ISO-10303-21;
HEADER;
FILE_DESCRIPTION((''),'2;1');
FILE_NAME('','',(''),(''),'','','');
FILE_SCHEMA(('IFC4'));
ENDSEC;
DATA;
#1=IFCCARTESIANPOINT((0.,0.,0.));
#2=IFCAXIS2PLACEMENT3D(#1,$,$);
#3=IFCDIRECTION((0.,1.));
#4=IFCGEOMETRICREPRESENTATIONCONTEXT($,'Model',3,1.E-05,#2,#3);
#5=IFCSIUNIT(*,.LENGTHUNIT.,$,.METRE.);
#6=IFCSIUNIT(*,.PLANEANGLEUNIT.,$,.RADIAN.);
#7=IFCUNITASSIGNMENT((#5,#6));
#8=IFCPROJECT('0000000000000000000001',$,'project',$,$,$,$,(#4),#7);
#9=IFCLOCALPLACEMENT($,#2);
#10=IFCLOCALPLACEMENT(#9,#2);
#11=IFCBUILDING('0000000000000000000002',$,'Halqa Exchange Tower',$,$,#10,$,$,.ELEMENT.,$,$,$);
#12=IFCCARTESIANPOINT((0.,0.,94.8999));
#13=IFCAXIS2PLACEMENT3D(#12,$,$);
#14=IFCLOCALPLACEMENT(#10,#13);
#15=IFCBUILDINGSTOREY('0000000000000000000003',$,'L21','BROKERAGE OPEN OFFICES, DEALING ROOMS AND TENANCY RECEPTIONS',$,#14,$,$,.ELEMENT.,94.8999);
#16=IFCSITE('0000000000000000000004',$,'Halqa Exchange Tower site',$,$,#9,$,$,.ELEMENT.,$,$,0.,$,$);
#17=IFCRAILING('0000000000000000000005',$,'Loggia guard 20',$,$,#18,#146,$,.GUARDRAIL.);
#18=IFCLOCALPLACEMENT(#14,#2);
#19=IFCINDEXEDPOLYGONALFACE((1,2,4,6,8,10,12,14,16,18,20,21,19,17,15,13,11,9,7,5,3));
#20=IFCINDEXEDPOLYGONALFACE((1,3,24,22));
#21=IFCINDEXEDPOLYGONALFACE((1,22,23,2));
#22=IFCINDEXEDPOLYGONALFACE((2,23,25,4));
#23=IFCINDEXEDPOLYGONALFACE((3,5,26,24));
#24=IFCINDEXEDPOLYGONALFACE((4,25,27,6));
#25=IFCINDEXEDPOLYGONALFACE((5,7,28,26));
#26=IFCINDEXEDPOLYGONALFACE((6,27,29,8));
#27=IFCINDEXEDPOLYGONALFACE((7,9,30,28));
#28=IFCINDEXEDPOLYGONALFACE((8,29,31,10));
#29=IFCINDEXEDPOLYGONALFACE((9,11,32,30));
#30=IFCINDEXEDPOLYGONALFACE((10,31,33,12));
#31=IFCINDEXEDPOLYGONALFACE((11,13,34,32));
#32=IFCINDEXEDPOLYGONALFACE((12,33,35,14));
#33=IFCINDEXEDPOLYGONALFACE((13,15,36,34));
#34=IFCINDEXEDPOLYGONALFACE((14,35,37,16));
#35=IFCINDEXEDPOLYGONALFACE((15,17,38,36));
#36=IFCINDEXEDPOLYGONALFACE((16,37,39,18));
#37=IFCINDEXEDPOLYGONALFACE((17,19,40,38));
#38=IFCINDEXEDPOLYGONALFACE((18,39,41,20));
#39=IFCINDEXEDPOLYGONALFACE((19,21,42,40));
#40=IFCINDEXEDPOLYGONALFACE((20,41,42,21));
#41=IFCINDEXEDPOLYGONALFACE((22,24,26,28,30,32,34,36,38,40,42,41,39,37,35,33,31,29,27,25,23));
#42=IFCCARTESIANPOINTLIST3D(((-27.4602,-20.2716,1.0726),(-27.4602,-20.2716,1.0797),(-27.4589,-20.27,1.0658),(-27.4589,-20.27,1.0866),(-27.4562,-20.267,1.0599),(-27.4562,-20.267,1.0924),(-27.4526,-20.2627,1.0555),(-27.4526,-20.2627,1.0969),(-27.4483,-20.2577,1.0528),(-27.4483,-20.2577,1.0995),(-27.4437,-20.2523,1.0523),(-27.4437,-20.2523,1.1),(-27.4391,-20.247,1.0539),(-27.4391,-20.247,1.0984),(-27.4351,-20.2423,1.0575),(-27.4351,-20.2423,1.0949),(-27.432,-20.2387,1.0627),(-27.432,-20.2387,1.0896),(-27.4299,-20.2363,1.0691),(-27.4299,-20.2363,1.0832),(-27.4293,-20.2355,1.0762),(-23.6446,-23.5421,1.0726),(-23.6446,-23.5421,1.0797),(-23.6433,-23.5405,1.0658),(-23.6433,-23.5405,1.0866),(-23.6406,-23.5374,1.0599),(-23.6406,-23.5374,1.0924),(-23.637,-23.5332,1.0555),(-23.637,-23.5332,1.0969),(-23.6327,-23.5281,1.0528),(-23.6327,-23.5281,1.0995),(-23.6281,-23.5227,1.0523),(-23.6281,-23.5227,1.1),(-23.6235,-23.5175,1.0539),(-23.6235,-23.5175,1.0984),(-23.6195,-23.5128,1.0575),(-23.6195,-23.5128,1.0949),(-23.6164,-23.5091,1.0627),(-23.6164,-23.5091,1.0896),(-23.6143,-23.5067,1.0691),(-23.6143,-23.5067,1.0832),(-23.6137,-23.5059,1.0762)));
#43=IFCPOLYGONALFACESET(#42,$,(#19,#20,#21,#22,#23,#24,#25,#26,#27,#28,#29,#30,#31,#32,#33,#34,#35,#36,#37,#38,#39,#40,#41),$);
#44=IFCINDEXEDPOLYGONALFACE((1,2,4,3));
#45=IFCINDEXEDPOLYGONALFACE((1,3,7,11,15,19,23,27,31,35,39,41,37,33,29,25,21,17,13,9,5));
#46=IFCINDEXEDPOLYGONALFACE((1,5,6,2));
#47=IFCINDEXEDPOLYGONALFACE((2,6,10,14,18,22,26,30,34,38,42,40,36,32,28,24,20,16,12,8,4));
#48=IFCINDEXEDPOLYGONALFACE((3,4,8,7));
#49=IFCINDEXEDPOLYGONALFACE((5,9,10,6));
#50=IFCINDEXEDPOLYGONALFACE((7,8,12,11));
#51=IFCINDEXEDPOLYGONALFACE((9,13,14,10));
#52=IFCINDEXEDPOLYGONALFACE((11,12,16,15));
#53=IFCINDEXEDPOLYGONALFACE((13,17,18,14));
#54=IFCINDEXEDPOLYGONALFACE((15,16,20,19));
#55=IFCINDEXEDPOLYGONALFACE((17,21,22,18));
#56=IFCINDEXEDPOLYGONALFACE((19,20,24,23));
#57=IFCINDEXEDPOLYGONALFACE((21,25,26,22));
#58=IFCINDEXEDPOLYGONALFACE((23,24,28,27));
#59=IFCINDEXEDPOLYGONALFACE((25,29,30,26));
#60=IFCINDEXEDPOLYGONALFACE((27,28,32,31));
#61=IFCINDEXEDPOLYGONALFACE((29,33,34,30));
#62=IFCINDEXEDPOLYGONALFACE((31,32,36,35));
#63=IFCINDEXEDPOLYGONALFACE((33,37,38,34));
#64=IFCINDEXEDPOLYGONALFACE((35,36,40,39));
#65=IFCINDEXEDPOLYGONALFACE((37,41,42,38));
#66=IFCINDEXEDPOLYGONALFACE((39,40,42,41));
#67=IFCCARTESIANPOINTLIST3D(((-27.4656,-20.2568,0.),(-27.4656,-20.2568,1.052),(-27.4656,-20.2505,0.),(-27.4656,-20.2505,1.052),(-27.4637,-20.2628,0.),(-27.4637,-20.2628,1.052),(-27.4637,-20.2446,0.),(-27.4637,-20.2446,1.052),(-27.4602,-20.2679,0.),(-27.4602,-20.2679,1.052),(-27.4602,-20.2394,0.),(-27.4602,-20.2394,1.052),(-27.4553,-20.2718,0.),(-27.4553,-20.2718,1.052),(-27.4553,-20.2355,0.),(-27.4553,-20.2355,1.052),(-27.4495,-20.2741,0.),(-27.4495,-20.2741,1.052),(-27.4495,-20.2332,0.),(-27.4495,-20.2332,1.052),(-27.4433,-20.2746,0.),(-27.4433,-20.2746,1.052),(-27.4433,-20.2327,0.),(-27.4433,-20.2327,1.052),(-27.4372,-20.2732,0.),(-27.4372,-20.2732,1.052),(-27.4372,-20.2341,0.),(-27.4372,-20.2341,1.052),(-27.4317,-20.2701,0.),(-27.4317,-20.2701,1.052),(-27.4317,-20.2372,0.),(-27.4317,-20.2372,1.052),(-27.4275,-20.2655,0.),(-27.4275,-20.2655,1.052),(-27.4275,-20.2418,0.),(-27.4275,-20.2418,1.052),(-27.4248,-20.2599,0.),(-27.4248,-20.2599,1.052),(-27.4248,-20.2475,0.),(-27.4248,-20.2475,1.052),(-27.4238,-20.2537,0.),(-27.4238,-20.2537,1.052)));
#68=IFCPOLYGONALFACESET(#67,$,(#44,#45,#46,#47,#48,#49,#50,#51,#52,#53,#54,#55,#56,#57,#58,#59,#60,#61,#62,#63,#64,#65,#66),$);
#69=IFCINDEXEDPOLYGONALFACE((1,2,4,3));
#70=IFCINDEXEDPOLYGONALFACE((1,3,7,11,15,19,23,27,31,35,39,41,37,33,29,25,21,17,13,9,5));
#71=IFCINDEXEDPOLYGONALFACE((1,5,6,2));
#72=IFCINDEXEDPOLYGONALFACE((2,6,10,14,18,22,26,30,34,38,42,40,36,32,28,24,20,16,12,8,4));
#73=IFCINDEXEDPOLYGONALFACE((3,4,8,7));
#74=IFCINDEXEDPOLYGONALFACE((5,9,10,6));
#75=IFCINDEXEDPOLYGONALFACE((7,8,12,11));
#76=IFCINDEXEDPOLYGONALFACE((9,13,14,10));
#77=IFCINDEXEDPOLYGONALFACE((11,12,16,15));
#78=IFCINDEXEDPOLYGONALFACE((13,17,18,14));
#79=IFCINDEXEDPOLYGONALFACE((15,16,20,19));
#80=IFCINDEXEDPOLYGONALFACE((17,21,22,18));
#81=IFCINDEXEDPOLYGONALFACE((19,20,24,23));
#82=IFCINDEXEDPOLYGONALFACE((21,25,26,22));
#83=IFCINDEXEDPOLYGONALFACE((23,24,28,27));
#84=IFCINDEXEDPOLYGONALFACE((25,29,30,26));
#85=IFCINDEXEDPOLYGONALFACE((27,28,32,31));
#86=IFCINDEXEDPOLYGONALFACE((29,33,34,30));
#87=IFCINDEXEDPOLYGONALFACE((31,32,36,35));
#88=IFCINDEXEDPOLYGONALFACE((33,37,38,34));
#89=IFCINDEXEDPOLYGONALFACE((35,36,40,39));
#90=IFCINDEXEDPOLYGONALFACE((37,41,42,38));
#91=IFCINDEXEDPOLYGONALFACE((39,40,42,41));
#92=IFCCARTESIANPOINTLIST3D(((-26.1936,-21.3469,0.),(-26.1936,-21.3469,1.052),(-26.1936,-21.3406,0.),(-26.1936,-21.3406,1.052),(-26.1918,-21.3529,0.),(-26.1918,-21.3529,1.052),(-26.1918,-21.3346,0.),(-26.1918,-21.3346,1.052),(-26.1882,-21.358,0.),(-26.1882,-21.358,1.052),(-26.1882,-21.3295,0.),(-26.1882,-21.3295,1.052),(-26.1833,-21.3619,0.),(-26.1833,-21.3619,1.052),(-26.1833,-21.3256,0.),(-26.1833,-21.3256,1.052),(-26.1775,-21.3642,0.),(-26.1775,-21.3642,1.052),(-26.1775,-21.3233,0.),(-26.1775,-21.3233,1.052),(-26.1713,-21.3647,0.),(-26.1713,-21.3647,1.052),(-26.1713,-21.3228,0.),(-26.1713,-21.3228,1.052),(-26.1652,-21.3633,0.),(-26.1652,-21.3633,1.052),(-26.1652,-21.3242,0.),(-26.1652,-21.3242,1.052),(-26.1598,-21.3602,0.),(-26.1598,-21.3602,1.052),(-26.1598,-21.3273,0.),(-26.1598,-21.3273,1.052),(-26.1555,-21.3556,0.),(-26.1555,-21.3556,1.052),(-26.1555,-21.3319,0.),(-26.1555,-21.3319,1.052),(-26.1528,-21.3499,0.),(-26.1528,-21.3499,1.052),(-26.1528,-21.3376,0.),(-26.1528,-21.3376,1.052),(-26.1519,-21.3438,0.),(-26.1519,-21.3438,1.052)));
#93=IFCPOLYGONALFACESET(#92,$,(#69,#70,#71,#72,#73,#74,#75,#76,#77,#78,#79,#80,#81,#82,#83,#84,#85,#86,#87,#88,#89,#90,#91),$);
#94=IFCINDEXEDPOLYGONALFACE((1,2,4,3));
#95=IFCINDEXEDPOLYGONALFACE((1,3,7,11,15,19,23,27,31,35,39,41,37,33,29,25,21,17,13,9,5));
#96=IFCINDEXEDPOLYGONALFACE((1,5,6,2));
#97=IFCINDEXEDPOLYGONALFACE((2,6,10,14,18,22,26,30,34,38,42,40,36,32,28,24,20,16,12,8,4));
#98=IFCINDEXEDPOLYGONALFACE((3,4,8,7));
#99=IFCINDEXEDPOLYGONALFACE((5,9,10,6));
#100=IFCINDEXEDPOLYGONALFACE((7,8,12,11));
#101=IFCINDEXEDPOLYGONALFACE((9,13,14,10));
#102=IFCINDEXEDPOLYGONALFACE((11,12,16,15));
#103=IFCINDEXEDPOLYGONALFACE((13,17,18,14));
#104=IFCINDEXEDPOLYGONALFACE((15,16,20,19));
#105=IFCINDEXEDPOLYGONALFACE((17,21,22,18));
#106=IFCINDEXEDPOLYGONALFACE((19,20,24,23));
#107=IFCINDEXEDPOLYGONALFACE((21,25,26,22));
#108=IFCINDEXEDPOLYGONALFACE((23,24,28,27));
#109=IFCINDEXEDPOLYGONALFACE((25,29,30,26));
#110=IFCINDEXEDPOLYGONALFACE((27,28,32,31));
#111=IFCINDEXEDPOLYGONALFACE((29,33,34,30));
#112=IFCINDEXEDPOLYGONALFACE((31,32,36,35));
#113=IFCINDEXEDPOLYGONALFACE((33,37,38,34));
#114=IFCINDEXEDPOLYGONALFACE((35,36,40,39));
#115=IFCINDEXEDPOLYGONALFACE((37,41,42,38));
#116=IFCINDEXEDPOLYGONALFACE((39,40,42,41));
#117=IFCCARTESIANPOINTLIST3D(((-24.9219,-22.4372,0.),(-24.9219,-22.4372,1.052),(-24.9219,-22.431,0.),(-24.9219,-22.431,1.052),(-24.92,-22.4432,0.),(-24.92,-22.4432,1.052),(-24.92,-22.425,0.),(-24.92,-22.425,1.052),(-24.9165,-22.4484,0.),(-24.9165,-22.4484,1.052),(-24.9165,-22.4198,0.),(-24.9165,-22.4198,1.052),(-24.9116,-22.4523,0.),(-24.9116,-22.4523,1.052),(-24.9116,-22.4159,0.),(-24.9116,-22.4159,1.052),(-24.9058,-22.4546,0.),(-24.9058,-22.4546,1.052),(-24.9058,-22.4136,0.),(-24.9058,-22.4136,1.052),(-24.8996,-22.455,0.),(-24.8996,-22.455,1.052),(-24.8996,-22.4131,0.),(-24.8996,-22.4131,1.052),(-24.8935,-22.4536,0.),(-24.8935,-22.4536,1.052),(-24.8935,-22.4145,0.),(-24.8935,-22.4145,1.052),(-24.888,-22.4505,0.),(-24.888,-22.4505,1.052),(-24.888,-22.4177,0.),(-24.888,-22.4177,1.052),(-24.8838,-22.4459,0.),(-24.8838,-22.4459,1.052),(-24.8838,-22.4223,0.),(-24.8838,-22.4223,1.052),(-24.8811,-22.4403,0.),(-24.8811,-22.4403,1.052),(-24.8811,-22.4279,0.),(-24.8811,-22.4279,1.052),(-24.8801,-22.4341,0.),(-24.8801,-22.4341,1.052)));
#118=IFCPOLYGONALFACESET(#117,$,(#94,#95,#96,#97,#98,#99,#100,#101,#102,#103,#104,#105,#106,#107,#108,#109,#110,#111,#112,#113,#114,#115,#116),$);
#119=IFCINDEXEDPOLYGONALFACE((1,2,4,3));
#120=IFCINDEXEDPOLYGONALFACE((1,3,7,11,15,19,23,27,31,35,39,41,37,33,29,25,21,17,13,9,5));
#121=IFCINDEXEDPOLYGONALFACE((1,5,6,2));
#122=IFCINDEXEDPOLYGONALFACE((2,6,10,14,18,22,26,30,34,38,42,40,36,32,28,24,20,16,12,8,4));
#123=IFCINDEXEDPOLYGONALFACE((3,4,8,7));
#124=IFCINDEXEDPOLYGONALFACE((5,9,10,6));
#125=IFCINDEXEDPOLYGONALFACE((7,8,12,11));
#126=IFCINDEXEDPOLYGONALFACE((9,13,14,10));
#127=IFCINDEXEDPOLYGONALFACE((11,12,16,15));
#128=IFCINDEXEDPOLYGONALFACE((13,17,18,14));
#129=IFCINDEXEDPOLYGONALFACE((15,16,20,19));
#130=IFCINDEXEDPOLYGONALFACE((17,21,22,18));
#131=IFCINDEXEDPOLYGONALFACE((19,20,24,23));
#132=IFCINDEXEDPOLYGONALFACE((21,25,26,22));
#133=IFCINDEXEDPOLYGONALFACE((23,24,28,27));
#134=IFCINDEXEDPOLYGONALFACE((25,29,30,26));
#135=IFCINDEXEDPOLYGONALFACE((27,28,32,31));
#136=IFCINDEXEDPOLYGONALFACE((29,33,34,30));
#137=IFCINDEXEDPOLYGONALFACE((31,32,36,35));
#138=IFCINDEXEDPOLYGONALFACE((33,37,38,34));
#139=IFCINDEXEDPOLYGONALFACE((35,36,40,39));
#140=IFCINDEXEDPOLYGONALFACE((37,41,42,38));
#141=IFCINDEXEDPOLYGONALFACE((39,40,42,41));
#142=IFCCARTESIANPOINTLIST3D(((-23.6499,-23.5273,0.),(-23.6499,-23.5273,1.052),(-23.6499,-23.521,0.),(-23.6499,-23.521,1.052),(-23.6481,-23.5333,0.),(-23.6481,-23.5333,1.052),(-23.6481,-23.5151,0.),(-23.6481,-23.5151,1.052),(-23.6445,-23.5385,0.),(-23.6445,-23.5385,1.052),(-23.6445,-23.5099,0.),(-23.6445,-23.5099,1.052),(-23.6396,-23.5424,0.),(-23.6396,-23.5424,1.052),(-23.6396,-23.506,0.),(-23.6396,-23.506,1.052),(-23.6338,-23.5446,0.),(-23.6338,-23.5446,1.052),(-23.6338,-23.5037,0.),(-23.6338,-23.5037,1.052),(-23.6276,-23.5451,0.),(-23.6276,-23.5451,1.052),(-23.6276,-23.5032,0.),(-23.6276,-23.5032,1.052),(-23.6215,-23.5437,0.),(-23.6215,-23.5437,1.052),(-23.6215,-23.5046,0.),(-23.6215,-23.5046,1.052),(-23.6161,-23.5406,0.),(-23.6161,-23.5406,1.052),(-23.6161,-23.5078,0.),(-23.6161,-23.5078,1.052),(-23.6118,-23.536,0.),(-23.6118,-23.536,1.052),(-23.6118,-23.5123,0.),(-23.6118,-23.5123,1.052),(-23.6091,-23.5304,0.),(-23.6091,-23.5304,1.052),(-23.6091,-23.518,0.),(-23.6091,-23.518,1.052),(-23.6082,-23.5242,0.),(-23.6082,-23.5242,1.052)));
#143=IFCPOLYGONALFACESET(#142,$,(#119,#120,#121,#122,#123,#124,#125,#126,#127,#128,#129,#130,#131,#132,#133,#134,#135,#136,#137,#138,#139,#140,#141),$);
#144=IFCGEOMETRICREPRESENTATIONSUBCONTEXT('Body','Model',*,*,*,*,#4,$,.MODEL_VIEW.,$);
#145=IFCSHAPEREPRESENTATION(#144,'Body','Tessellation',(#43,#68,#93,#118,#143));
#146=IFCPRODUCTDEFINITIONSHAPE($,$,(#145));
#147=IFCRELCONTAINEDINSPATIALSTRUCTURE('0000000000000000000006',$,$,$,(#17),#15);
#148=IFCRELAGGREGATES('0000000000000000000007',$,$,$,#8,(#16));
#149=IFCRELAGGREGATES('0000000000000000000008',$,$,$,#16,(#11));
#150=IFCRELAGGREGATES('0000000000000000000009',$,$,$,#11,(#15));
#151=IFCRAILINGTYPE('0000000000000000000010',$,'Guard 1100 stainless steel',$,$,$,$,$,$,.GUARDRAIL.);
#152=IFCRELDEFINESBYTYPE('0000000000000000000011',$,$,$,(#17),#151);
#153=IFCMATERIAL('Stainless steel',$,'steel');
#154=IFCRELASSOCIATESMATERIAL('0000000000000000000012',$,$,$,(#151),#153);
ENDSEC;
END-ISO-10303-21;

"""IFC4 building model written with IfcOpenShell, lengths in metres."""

from ifc_helpers import new_model, si_unit, direction, frame, origin, origin_2d, place, context, subcontext, project, spatial, circle, extrude, material, type_object, element, save


model = new_model("IFC4")

# Units and contexts
model_context = context("Model", 3, precision=1e-05, world=origin(), true_north=direction((0.0, 1.0)))
body_context = subcontext(model_context, "Body", "Model", "MODEL_VIEW")
ifc_project = project(units=[si_unit("LENGTHUNIT", "METRE"), si_unit("PLANEANGLEUNIT", "RADIAN")], contexts=[model_context])

# Site, building, storey
site_placement = place(None, origin())
site = spatial("IfcSite", under=ifc_project, at=site_placement, Name="Halqa Exchange Tower site", CompositionType="ELEMENT", RefElevation=0.0)
building_placement = place(site_placement, origin())
building = spatial("IfcBuilding", under=site, at=building_placement, Name="Halqa Exchange Tower", CompositionType="ELEMENT")
storey_placement = place(building_placement, frame((0.0, 0.0, 94.8999)))
storey = spatial("IfcBuildingStorey", under=building, at=storey_placement, Name="L21", Description="BROKERAGE OPEN OFFICES, DEALING ROOMS AND TENANCY RECEPTIONS", CompositionType="ELEMENT", Elevation=94.8999)

# Railing
ifc_material_1 = material(Name="Stainless steel", Category="steel")
railing_type = type_object("IfcRailingType", Name="Guard 1100 stainless steel", PredefinedType="GUARDRAIL", material=ifc_material_1)
railing_1_placement = place(storey_placement, frame((-27.4448, -20.2537, 0.0)))
element("IfcRailing", 1, at=railing_1_placement, inside=storey, type_object=railing_type, Name="Loggia guard 20", PredefinedType="GUARDRAIL", context=body_context, shape_type="SweptSolid", body=[
    extrude(circle(Radius=0.0239, at=origin_2d()), frame((0.0, 0.0, 1.0762), z_axis=(0.759263, -0.650783, 0.0), x_axis=(0.650783, 0.759263, 0.0)), (0.0, 0.0, 1.0), 5.0254),
    extrude(circle(Radius=0.021, at=origin_2d()), origin(), (0.0, 0.0, 1.0), 1.052),
    extrude(circle(Radius=0.021, at=origin_2d()), frame((1.272, -1.0901, 0.0)), (0.0, 0.0, 1.0), 1.052),
    extrude(circle(Radius=0.021, at=origin_2d()), frame((2.5437, -2.1804, 0.0)), (0.0, 0.0, 1.0), 1.052),
    extrude(circle(Radius=0.021, at=origin_2d()), frame((3.8157, -3.2705, 0.0)), (0.0, 0.0, 1.0), 1.052),
])

save(model, "model.ifc")
